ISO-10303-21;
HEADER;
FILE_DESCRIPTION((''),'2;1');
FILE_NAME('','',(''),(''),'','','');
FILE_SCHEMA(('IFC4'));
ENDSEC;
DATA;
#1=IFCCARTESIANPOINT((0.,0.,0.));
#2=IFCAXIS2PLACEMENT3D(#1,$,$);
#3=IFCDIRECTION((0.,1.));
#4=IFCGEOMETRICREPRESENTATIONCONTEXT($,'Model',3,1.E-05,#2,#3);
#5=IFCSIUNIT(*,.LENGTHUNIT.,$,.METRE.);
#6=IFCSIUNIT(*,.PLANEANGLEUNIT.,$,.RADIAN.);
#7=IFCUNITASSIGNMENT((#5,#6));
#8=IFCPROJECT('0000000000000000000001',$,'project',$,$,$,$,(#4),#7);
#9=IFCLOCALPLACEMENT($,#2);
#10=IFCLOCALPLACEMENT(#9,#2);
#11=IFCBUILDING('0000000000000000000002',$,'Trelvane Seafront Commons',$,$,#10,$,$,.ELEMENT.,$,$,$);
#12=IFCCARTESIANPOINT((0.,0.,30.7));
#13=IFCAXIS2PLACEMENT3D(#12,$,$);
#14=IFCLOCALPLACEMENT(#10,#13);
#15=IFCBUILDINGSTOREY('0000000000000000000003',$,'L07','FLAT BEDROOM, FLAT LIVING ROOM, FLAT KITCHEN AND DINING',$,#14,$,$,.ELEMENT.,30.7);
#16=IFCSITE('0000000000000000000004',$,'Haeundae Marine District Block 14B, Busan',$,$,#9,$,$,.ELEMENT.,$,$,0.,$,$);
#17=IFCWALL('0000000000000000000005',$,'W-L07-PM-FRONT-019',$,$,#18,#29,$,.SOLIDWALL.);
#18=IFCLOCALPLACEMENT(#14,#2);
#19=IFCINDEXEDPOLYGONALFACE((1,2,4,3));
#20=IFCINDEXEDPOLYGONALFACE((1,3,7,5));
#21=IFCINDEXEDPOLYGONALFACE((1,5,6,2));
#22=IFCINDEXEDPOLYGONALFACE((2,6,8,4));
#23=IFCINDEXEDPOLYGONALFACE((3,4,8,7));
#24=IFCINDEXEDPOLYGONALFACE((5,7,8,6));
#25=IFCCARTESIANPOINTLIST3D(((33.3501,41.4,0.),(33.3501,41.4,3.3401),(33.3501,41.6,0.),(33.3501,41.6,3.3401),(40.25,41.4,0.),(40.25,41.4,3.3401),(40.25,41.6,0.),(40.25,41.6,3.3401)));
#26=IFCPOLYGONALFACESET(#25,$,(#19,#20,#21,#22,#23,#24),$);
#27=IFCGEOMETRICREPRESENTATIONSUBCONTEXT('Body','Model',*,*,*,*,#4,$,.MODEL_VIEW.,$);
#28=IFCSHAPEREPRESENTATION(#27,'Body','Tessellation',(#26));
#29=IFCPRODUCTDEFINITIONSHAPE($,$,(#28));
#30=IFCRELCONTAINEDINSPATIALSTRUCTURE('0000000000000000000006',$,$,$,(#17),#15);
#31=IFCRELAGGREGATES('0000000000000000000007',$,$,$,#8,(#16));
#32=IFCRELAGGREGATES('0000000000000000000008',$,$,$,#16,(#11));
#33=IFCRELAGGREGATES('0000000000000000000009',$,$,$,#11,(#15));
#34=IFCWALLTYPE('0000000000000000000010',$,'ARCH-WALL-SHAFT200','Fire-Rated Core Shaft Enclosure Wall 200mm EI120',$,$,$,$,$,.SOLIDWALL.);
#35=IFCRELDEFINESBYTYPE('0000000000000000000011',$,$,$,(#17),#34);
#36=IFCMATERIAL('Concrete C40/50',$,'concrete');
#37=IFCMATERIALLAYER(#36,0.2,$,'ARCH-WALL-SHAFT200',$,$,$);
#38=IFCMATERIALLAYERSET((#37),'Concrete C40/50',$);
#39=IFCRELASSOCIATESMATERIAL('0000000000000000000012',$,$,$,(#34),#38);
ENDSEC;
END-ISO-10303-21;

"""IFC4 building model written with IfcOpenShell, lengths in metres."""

from ifc_helpers import new_model, si_unit, direction, frame, frame_2d, origin, place, context, subcontext, project, spatial, rectangle, extrude, material, layer, layer_set, type_object, element, save


model = new_model("IFC4")

# Units and contexts
model_context = context("Model", 3, precision=1e-05, world=origin(), true_north=direction((0.0, 1.0)))
body_context = subcontext(model_context, "Body", "Model", "MODEL_VIEW")
ifc_project = project(units=[si_unit("LENGTHUNIT", "METRE"), si_unit("PLANEANGLEUNIT", "RADIAN")], contexts=[model_context])

# Site, building, storey
site_placement = place(None, origin())
site = spatial("IfcSite", under=ifc_project, at=site_placement, Name="Haeundae Marine District Block 14B, Busan", CompositionType="ELEMENT", RefElevation=0.0)
building_placement = place(site_placement, origin())
building = spatial("IfcBuilding", under=site, at=building_placement, Name="Trelvane Seafront Commons", CompositionType="ELEMENT")
storey_placement = place(building_placement, frame((0.0, 0.0, 30.7)))
storey = spatial("IfcBuildingStorey", under=building, at=storey_placement, Name="L07", Description="FLAT BEDROOM, FLAT LIVING ROOM, FLAT KITCHEN AND DINING", CompositionType="ELEMENT", Elevation=30.7)

# Shared definitions
ifc_material_1 = material(Name="Concrete C40/50", Category="concrete")

# Shared definitions
ifc_layer_1 = layer(ifc_material_1, 0.2, Name="ARCH-WALL-SHAFT200")
ifc_layer_set_1 = layer_set([ifc_layer_1], Name="Concrete C40/50")
wall_type_1 = type_object("IfcWallType", Name="ARCH-WALL-SHAFT200", Description="Fire-Rated Core Shaft Enclosure Wall 200mm EI120", PredefinedType="SOLIDWALL", material=ifc_layer_set_1)

# Wall
wall_1_placement = place(storey_placement, frame((33.3501, 41.5, 0.0), z_axis=(0.0, 0.0, 1.0), x_axis=(1.0, 0.0, 0.0)))
element("IfcWall", 1, at=wall_1_placement, inside=storey, type_object=wall_type_1, Name="W-L07-PM-FRONT-019", PredefinedType="SOLIDWALL", context=body_context, shape_type="SweptSolid", body=[
    extrude(rectangle(XDim=6.8999, YDim=0.2, at=frame_2d((3.45, 0.0))), origin(), (0.0, 0.0, 1.0), 3.3401),
])

save(model, "model.ifc")
